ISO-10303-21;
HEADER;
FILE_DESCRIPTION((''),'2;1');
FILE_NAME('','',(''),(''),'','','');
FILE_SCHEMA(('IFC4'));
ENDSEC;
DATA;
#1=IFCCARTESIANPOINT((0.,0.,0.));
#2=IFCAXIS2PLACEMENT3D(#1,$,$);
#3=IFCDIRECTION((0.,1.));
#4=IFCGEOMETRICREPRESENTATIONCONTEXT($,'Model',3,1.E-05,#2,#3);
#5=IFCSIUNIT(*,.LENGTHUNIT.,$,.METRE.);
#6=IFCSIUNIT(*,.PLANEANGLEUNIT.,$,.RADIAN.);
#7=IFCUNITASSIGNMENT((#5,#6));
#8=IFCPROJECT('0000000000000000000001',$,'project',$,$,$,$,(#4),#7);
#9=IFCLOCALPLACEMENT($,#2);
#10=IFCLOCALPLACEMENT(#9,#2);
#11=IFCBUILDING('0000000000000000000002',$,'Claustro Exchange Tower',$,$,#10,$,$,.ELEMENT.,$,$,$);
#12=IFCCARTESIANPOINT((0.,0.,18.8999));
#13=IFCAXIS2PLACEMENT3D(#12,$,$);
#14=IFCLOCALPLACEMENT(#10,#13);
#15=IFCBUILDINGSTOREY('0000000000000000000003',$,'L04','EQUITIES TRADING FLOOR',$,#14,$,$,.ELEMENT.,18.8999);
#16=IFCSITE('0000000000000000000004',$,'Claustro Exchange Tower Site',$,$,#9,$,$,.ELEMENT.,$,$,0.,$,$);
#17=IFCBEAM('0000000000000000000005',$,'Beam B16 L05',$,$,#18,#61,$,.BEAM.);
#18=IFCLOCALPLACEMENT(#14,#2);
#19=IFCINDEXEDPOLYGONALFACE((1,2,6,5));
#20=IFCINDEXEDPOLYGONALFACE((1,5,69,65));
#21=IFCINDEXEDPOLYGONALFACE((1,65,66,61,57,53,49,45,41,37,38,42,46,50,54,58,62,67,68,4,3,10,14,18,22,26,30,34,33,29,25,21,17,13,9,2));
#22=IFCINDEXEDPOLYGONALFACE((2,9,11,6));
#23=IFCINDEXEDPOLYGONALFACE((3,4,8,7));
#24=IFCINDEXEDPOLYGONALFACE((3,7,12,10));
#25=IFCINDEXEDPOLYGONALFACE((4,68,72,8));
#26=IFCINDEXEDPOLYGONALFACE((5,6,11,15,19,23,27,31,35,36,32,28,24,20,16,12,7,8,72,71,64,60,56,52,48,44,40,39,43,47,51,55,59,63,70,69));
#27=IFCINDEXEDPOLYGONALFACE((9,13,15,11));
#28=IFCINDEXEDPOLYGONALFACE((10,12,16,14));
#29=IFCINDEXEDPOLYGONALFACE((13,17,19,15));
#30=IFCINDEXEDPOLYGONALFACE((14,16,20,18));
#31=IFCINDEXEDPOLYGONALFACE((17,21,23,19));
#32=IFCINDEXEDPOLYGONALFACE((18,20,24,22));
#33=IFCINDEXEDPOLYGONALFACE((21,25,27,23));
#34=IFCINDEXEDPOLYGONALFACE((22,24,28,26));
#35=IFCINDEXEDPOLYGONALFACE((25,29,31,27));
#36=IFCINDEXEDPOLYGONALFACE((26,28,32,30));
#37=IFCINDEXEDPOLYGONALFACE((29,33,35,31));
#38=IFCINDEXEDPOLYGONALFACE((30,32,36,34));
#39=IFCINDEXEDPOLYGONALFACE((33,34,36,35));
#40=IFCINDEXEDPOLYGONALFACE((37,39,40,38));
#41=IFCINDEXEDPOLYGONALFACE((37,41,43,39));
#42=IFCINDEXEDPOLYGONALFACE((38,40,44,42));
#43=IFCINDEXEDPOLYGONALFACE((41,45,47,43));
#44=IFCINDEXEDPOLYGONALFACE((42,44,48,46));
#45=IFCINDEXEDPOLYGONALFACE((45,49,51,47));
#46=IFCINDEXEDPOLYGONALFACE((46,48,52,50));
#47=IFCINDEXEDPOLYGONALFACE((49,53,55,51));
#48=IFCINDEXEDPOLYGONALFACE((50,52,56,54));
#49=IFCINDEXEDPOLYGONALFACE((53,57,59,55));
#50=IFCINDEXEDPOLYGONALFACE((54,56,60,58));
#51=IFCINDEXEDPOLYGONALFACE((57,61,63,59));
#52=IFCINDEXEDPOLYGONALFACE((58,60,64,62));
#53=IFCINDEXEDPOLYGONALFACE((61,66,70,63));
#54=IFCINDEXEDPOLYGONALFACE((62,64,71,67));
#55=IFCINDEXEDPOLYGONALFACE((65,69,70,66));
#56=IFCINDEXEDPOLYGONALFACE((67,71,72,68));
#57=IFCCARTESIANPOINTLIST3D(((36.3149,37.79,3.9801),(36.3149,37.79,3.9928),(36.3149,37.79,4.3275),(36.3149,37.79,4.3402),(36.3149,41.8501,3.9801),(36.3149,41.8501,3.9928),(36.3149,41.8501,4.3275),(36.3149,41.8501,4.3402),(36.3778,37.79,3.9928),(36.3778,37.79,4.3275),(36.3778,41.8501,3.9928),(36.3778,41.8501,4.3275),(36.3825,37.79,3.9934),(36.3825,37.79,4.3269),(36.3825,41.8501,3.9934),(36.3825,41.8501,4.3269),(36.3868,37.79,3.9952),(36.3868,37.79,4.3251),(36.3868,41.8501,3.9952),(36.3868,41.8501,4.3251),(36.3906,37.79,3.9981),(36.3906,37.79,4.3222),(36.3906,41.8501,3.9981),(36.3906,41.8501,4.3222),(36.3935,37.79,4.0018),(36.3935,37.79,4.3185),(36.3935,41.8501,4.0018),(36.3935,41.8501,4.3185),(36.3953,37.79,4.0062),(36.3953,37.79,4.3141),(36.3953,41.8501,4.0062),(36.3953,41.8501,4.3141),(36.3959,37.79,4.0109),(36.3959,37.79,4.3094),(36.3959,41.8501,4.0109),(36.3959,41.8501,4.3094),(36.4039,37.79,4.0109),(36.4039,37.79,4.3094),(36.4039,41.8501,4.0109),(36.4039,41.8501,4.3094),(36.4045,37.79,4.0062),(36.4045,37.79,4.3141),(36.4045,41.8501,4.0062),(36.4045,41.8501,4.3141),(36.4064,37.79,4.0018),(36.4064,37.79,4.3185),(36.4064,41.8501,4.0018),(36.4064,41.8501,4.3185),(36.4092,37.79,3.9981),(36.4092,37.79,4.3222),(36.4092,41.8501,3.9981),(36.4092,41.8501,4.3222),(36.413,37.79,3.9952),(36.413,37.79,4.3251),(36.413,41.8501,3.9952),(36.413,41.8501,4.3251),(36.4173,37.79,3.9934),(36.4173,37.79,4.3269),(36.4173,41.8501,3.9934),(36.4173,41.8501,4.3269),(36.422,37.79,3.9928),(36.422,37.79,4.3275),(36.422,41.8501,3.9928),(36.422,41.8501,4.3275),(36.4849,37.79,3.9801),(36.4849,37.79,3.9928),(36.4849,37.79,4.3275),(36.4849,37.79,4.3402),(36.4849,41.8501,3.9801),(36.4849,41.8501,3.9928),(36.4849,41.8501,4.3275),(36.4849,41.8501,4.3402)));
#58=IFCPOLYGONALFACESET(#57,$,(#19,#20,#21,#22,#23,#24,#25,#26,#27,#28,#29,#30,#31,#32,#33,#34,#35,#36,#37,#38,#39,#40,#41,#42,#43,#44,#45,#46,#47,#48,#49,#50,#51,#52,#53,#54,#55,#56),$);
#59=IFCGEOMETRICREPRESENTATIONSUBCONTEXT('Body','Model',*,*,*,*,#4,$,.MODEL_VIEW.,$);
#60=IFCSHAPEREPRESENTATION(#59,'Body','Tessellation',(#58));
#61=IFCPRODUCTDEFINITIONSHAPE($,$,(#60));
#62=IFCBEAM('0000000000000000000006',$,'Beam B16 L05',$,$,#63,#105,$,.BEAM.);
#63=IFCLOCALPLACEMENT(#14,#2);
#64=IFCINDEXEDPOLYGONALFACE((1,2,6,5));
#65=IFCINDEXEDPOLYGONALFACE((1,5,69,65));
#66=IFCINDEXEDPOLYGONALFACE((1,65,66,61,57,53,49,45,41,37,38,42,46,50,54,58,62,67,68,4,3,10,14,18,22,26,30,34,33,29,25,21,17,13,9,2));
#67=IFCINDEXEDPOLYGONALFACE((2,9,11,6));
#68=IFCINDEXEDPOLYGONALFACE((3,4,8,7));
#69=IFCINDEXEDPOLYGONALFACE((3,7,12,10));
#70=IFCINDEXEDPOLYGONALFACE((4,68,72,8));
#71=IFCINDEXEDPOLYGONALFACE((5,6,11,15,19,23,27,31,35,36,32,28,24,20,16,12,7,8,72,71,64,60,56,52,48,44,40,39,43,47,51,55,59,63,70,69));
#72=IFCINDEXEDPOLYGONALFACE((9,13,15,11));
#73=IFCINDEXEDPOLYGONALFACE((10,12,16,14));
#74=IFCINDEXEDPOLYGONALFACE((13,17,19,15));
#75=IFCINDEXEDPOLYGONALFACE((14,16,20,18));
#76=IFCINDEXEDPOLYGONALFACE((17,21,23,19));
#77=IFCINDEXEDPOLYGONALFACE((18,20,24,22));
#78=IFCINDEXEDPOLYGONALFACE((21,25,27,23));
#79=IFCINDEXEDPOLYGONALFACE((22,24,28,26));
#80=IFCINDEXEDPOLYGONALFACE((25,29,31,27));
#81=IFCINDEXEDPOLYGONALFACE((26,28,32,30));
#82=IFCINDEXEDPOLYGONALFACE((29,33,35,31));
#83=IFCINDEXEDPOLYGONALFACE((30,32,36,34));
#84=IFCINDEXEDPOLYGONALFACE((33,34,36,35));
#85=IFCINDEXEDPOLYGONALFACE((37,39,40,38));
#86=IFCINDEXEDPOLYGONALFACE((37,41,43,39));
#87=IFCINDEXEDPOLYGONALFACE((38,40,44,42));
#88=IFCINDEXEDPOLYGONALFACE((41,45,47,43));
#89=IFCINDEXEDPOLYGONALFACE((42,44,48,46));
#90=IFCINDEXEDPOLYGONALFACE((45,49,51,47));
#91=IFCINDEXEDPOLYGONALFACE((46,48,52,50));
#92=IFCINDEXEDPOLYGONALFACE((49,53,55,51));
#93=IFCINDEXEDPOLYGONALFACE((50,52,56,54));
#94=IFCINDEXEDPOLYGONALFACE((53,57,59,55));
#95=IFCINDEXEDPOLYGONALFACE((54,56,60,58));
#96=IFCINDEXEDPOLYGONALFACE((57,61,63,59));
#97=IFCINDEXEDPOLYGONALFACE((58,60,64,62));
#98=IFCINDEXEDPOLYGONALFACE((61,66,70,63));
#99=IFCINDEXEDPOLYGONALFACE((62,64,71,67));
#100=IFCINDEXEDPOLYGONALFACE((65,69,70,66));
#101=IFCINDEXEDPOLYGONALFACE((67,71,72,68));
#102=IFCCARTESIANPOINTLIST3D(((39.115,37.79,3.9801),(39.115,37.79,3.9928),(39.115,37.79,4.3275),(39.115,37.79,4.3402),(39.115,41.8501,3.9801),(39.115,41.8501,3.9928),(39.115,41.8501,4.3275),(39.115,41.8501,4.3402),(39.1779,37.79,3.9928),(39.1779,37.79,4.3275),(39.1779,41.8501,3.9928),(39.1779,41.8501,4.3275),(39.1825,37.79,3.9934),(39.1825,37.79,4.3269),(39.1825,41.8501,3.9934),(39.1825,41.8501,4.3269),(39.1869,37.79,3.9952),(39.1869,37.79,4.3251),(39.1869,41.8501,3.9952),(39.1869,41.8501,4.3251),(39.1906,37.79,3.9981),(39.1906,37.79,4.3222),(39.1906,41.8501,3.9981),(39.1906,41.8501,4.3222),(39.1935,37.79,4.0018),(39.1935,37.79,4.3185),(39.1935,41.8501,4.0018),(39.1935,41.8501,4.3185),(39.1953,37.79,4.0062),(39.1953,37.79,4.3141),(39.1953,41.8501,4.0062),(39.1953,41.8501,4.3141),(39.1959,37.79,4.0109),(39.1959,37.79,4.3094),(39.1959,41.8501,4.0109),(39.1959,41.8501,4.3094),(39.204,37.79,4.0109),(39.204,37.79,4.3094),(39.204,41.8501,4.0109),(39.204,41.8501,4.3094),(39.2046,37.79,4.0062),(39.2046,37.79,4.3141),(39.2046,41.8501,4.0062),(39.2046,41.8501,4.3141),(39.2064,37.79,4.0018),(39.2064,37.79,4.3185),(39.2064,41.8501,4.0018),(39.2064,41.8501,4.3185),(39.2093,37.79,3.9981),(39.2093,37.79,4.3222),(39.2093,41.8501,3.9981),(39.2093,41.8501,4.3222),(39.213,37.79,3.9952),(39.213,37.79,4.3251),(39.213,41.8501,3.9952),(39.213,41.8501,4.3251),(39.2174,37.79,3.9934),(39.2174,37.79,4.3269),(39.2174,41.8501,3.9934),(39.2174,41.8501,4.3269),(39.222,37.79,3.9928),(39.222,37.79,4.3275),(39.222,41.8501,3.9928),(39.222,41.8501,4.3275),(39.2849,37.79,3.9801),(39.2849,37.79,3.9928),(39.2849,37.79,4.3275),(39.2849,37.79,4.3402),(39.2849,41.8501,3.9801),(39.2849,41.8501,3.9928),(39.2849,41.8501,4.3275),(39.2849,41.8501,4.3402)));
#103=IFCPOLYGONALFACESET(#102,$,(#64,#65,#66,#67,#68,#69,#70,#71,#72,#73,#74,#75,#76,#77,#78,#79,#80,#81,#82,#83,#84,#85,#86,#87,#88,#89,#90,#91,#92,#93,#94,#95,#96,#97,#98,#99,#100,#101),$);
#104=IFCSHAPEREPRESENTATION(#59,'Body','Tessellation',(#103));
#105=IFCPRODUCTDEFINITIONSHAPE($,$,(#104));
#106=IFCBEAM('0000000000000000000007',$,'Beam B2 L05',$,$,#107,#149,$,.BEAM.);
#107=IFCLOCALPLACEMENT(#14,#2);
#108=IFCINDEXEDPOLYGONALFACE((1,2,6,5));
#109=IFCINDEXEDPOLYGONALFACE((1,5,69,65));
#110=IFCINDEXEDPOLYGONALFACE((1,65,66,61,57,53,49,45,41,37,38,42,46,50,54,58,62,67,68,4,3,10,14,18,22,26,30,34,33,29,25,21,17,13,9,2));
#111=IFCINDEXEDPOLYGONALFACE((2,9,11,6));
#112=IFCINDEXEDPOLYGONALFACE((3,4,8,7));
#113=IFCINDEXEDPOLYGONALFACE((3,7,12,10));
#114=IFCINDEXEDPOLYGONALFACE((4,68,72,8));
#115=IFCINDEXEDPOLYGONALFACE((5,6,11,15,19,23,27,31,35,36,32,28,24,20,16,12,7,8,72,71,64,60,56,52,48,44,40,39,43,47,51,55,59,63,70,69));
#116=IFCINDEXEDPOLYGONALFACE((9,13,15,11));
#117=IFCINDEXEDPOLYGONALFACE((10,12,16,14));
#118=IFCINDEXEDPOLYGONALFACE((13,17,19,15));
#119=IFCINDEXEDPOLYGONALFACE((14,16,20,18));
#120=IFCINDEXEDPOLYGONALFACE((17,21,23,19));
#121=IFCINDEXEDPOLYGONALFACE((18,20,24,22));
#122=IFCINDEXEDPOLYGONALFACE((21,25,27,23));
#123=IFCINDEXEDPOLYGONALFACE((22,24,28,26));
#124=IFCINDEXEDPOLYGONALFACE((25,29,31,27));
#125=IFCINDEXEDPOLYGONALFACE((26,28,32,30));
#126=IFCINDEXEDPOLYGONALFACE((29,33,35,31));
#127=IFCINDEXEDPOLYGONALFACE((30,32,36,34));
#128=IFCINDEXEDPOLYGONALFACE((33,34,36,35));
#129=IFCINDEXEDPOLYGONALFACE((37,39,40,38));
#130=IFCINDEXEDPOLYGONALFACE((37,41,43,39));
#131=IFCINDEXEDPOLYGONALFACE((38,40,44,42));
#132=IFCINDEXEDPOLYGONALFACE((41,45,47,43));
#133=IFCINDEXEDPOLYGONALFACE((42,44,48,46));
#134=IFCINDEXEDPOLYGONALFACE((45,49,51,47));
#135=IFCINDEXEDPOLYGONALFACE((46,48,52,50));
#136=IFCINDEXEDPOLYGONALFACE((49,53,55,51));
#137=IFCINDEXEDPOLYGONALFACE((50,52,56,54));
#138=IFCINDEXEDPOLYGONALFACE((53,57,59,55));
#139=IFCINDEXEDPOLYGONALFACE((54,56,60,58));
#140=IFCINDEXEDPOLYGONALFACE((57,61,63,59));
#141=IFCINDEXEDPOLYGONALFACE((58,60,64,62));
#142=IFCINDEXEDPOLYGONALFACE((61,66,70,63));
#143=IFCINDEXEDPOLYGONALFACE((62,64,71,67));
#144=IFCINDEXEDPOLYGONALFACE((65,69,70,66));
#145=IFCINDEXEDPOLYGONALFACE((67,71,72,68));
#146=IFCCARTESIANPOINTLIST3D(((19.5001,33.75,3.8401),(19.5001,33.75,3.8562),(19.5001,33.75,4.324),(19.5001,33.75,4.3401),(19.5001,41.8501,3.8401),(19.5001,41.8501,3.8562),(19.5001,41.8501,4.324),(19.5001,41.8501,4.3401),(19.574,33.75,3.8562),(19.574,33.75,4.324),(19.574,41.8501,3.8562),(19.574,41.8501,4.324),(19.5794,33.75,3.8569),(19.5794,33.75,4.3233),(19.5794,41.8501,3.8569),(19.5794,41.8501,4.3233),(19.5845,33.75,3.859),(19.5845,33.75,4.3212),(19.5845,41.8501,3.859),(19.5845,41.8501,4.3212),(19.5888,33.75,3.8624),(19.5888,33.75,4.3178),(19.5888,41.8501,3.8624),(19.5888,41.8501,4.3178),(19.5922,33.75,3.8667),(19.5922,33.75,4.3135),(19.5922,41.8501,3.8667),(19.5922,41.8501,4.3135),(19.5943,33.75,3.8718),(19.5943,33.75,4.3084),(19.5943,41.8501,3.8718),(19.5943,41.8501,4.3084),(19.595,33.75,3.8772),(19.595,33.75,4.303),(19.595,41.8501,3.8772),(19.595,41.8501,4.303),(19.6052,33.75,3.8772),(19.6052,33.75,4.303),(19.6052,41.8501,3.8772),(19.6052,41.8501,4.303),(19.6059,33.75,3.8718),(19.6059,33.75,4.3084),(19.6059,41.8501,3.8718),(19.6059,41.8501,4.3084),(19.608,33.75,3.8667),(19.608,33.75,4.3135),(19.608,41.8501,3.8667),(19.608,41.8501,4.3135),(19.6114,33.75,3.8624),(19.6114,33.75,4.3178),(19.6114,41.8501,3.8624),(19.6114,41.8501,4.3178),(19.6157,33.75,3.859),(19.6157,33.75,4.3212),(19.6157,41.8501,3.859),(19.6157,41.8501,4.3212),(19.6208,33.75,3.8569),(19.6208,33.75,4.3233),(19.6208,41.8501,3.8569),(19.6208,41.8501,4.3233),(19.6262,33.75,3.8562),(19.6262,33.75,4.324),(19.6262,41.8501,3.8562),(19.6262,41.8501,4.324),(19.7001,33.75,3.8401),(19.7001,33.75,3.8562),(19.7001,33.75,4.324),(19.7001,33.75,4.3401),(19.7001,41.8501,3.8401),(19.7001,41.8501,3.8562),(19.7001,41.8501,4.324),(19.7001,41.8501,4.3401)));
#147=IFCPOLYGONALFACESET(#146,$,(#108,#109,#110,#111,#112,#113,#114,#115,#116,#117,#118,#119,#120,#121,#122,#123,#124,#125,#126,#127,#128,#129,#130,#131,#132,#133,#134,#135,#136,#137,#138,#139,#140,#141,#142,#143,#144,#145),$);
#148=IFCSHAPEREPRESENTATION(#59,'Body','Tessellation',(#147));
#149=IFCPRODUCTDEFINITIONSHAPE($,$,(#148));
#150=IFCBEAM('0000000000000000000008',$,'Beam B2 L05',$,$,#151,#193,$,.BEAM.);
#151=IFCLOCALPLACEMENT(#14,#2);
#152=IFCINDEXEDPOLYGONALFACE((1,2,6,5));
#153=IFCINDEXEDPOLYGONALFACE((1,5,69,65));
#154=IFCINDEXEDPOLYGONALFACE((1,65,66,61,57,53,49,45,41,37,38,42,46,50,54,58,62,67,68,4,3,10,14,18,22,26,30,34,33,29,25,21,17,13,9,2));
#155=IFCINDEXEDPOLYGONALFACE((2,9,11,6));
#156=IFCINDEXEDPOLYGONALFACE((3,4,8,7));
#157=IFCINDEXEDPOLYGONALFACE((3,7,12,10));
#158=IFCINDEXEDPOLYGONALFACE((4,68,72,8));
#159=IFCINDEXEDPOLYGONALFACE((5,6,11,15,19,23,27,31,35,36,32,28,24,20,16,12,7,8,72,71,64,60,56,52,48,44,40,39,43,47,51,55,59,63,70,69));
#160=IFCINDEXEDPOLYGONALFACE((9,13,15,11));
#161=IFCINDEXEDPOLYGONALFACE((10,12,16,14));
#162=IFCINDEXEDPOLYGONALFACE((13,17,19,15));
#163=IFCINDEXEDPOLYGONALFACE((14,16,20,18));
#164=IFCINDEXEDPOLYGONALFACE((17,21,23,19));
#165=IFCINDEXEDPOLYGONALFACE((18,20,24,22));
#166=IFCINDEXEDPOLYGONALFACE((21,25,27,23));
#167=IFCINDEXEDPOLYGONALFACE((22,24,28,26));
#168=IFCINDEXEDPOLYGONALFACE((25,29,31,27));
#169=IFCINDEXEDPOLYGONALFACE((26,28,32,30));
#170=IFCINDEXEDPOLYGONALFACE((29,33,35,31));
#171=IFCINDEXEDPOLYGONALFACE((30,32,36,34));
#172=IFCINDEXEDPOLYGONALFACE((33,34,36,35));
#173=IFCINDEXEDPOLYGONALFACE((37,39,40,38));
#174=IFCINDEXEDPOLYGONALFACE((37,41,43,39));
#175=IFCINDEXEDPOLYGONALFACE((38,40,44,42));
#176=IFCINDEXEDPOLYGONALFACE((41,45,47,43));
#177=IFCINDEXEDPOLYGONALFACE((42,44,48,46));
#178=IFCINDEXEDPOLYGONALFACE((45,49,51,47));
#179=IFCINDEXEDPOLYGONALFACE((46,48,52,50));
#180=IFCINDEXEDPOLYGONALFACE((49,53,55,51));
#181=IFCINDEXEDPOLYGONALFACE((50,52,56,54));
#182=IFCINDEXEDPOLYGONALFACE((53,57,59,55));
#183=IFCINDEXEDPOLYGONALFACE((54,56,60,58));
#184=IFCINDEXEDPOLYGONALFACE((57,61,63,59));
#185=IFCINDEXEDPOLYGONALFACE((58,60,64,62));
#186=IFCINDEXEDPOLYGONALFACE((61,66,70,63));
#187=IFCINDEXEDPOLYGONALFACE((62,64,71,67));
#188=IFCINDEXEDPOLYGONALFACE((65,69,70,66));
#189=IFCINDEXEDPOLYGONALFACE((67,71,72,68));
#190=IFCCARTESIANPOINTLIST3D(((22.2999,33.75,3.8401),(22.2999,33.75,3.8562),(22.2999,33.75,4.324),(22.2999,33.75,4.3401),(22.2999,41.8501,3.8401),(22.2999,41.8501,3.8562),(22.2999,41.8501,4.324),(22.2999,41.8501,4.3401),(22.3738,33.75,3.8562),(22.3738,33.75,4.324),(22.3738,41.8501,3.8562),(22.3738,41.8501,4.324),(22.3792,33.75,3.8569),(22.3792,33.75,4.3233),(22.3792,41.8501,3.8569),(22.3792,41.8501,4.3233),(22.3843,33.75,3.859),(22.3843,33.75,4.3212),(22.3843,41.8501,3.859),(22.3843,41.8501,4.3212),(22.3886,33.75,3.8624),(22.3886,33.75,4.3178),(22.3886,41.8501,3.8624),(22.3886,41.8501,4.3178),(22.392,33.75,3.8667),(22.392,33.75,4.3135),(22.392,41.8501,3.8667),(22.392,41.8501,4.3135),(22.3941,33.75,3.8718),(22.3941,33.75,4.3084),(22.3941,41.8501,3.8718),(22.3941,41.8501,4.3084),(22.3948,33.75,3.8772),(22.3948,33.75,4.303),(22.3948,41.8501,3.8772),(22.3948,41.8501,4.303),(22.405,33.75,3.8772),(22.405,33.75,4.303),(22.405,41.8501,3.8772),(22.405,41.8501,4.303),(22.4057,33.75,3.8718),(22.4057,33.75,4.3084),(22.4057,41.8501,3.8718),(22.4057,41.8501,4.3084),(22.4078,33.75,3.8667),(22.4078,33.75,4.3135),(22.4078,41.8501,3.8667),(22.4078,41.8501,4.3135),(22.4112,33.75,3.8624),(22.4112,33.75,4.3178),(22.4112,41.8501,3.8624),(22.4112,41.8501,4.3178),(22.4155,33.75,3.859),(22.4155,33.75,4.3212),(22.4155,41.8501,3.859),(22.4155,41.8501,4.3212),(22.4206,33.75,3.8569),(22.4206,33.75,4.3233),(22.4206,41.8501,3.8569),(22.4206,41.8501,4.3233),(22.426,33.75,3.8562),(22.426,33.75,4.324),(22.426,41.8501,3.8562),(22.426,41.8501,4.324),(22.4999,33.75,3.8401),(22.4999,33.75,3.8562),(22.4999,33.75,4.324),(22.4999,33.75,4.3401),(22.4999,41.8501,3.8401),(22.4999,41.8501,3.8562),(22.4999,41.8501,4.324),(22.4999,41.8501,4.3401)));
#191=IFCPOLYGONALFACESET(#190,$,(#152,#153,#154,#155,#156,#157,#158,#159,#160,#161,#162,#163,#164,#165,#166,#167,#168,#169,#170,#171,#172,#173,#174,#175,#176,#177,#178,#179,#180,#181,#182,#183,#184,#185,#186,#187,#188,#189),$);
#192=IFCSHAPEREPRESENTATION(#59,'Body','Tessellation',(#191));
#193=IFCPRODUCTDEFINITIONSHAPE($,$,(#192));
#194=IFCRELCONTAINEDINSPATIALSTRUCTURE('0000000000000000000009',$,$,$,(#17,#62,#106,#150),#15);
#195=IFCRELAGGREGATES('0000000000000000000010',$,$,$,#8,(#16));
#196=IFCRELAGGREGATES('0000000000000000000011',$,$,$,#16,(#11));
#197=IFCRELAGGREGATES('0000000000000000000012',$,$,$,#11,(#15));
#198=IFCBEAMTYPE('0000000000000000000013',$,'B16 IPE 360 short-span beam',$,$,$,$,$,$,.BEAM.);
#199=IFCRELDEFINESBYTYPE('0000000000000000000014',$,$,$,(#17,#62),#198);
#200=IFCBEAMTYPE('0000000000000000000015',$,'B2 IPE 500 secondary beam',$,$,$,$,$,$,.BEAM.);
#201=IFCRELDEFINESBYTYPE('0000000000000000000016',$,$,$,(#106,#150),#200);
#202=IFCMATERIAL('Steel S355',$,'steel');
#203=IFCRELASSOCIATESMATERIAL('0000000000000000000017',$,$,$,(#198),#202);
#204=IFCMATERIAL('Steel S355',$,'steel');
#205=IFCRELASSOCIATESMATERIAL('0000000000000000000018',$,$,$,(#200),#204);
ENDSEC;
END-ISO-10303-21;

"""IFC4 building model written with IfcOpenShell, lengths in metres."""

from ifc_helpers import new_model, si_unit, direction, frame, origin, origin_2d, place, context, subcontext, project, spatial, i_section, extrude, material, material_profile, profile_set, type_object, element, save


model = new_model("IFC4")

# Units and contexts
model_context = context("Model", 3, precision=1e-05, world=origin(), true_north=direction((0.0, 1.0)))
body_context = subcontext(model_context, "Body", "Model", "MODEL_VIEW")
ifc_project = project(units=[si_unit("LENGTHUNIT", "METRE"), si_unit("PLANEANGLEUNIT", "RADIAN")], contexts=[model_context])

# Site, building, storey
site_placement = place(None, origin())
site = spatial("IfcSite", under=ifc_project, at=site_placement, Name="Claustro Exchange Tower Site", CompositionType="ELEMENT", RefElevation=0.0)
building_placement = place(site_placement, origin())
building = spatial("IfcBuilding", under=site, at=building_placement, Name="Claustro Exchange Tower", CompositionType="ELEMENT")
storey_placement = place(building_placement, frame((0.0, 0.0, 18.8999)))
storey = spatial("IfcBuildingStorey", under=building, at=storey_placement, Name="L04", Description="EQUITIES TRADING FLOOR", CompositionType="ELEMENT", Elevation=18.8999)

# Beams
ifc_material_1 = material(Name="Steel S355", Category="steel")
ifc_material_profile_1 = material_profile(ifc_material_1, i_section(OverallWidth=0.1699, OverallDepth=0.3601, WebThickness=0.0081, FlangeThickness=0.0127, FilletRadius=0.0181, at=origin_2d()), Name="IPE 360")
ifc_profile_set_1 = profile_set([ifc_material_profile_1], Name="Steel S355")
beam_type_1 = type_object("IfcBeamType", Name="B16 IPE 360 short-span beam", PredefinedType="BEAM", material=ifc_profile_set_1)
for number, where, z_axis, x_axis, name in (
    (1, (36.3999, 37.79, 4.1602), (0.0, 1.0, 0.0), (-1.0, 0.0, 0.0), "Beam B16 L05"),
    (2, (39.2, 37.79, 4.1602), (0.0, 1.0, 0.0), (-1.0, 0.0, 0.0), "Beam B16 L05"),
):
    element("IfcBeam", number, at=place(storey_placement, frame(where, z_axis=z_axis, x_axis=x_axis)), inside=storey, type_object=beam_type_1, Name=name, PredefinedType="BEAM", context=body_context, shape_type="SweptSolid", body=[
        extrude(i_section(OverallWidth=0.1699, OverallDepth=0.3601, WebThickness=0.0081, FlangeThickness=0.0127, FilletRadius=0.0181, at=origin_2d()), origin(), (0.0, 0.0, 1.0), 4.0601),
    ])
ifc_material_2 = material(Name="Steel S355", Category="steel")
ifc_material_profile_2 = material_profile(ifc_material_2, i_section(OverallWidth=0.2, OverallDepth=0.5, WebThickness=0.0103, FlangeThickness=0.0161, FilletRadius=0.021, at=origin_2d()), Name="IPE 500")
ifc_profile_set_2 = profile_set([ifc_material_profile_2], Name="Steel S355")
beam_type_2 = type_object("IfcBeamType", Name="B2 IPE 500 secondary beam", PredefinedType="BEAM", material=ifc_profile_set_2)
for number, where, z_axis, x_axis, name in (
    (3, (19.6001, 33.75, 4.0901), (0.0, 1.0, 0.0), (-1.0, 0.0, 0.0), "Beam B2 L05"),
    (4, (22.3999, 33.75, 4.0901), (0.0, 1.0, 0.0), (-1.0, 0.0, 0.0), "Beam B2 L05"),
):
    element("IfcBeam", number, at=place(storey_placement, frame(where, z_axis=z_axis, x_axis=x_axis)), inside=storey, type_object=beam_type_2, Name=name, PredefinedType="BEAM", context=body_context, shape_type="SweptSolid", body=[
        extrude(i_section(OverallWidth=0.2, OverallDepth=0.5, WebThickness=0.0103, FlangeThickness=0.0161, FilletRadius=0.021, at=origin_2d()), origin(), (0.0, 0.0, 1.0), 8.1001),
    ])

save(model, "model.ifc")
